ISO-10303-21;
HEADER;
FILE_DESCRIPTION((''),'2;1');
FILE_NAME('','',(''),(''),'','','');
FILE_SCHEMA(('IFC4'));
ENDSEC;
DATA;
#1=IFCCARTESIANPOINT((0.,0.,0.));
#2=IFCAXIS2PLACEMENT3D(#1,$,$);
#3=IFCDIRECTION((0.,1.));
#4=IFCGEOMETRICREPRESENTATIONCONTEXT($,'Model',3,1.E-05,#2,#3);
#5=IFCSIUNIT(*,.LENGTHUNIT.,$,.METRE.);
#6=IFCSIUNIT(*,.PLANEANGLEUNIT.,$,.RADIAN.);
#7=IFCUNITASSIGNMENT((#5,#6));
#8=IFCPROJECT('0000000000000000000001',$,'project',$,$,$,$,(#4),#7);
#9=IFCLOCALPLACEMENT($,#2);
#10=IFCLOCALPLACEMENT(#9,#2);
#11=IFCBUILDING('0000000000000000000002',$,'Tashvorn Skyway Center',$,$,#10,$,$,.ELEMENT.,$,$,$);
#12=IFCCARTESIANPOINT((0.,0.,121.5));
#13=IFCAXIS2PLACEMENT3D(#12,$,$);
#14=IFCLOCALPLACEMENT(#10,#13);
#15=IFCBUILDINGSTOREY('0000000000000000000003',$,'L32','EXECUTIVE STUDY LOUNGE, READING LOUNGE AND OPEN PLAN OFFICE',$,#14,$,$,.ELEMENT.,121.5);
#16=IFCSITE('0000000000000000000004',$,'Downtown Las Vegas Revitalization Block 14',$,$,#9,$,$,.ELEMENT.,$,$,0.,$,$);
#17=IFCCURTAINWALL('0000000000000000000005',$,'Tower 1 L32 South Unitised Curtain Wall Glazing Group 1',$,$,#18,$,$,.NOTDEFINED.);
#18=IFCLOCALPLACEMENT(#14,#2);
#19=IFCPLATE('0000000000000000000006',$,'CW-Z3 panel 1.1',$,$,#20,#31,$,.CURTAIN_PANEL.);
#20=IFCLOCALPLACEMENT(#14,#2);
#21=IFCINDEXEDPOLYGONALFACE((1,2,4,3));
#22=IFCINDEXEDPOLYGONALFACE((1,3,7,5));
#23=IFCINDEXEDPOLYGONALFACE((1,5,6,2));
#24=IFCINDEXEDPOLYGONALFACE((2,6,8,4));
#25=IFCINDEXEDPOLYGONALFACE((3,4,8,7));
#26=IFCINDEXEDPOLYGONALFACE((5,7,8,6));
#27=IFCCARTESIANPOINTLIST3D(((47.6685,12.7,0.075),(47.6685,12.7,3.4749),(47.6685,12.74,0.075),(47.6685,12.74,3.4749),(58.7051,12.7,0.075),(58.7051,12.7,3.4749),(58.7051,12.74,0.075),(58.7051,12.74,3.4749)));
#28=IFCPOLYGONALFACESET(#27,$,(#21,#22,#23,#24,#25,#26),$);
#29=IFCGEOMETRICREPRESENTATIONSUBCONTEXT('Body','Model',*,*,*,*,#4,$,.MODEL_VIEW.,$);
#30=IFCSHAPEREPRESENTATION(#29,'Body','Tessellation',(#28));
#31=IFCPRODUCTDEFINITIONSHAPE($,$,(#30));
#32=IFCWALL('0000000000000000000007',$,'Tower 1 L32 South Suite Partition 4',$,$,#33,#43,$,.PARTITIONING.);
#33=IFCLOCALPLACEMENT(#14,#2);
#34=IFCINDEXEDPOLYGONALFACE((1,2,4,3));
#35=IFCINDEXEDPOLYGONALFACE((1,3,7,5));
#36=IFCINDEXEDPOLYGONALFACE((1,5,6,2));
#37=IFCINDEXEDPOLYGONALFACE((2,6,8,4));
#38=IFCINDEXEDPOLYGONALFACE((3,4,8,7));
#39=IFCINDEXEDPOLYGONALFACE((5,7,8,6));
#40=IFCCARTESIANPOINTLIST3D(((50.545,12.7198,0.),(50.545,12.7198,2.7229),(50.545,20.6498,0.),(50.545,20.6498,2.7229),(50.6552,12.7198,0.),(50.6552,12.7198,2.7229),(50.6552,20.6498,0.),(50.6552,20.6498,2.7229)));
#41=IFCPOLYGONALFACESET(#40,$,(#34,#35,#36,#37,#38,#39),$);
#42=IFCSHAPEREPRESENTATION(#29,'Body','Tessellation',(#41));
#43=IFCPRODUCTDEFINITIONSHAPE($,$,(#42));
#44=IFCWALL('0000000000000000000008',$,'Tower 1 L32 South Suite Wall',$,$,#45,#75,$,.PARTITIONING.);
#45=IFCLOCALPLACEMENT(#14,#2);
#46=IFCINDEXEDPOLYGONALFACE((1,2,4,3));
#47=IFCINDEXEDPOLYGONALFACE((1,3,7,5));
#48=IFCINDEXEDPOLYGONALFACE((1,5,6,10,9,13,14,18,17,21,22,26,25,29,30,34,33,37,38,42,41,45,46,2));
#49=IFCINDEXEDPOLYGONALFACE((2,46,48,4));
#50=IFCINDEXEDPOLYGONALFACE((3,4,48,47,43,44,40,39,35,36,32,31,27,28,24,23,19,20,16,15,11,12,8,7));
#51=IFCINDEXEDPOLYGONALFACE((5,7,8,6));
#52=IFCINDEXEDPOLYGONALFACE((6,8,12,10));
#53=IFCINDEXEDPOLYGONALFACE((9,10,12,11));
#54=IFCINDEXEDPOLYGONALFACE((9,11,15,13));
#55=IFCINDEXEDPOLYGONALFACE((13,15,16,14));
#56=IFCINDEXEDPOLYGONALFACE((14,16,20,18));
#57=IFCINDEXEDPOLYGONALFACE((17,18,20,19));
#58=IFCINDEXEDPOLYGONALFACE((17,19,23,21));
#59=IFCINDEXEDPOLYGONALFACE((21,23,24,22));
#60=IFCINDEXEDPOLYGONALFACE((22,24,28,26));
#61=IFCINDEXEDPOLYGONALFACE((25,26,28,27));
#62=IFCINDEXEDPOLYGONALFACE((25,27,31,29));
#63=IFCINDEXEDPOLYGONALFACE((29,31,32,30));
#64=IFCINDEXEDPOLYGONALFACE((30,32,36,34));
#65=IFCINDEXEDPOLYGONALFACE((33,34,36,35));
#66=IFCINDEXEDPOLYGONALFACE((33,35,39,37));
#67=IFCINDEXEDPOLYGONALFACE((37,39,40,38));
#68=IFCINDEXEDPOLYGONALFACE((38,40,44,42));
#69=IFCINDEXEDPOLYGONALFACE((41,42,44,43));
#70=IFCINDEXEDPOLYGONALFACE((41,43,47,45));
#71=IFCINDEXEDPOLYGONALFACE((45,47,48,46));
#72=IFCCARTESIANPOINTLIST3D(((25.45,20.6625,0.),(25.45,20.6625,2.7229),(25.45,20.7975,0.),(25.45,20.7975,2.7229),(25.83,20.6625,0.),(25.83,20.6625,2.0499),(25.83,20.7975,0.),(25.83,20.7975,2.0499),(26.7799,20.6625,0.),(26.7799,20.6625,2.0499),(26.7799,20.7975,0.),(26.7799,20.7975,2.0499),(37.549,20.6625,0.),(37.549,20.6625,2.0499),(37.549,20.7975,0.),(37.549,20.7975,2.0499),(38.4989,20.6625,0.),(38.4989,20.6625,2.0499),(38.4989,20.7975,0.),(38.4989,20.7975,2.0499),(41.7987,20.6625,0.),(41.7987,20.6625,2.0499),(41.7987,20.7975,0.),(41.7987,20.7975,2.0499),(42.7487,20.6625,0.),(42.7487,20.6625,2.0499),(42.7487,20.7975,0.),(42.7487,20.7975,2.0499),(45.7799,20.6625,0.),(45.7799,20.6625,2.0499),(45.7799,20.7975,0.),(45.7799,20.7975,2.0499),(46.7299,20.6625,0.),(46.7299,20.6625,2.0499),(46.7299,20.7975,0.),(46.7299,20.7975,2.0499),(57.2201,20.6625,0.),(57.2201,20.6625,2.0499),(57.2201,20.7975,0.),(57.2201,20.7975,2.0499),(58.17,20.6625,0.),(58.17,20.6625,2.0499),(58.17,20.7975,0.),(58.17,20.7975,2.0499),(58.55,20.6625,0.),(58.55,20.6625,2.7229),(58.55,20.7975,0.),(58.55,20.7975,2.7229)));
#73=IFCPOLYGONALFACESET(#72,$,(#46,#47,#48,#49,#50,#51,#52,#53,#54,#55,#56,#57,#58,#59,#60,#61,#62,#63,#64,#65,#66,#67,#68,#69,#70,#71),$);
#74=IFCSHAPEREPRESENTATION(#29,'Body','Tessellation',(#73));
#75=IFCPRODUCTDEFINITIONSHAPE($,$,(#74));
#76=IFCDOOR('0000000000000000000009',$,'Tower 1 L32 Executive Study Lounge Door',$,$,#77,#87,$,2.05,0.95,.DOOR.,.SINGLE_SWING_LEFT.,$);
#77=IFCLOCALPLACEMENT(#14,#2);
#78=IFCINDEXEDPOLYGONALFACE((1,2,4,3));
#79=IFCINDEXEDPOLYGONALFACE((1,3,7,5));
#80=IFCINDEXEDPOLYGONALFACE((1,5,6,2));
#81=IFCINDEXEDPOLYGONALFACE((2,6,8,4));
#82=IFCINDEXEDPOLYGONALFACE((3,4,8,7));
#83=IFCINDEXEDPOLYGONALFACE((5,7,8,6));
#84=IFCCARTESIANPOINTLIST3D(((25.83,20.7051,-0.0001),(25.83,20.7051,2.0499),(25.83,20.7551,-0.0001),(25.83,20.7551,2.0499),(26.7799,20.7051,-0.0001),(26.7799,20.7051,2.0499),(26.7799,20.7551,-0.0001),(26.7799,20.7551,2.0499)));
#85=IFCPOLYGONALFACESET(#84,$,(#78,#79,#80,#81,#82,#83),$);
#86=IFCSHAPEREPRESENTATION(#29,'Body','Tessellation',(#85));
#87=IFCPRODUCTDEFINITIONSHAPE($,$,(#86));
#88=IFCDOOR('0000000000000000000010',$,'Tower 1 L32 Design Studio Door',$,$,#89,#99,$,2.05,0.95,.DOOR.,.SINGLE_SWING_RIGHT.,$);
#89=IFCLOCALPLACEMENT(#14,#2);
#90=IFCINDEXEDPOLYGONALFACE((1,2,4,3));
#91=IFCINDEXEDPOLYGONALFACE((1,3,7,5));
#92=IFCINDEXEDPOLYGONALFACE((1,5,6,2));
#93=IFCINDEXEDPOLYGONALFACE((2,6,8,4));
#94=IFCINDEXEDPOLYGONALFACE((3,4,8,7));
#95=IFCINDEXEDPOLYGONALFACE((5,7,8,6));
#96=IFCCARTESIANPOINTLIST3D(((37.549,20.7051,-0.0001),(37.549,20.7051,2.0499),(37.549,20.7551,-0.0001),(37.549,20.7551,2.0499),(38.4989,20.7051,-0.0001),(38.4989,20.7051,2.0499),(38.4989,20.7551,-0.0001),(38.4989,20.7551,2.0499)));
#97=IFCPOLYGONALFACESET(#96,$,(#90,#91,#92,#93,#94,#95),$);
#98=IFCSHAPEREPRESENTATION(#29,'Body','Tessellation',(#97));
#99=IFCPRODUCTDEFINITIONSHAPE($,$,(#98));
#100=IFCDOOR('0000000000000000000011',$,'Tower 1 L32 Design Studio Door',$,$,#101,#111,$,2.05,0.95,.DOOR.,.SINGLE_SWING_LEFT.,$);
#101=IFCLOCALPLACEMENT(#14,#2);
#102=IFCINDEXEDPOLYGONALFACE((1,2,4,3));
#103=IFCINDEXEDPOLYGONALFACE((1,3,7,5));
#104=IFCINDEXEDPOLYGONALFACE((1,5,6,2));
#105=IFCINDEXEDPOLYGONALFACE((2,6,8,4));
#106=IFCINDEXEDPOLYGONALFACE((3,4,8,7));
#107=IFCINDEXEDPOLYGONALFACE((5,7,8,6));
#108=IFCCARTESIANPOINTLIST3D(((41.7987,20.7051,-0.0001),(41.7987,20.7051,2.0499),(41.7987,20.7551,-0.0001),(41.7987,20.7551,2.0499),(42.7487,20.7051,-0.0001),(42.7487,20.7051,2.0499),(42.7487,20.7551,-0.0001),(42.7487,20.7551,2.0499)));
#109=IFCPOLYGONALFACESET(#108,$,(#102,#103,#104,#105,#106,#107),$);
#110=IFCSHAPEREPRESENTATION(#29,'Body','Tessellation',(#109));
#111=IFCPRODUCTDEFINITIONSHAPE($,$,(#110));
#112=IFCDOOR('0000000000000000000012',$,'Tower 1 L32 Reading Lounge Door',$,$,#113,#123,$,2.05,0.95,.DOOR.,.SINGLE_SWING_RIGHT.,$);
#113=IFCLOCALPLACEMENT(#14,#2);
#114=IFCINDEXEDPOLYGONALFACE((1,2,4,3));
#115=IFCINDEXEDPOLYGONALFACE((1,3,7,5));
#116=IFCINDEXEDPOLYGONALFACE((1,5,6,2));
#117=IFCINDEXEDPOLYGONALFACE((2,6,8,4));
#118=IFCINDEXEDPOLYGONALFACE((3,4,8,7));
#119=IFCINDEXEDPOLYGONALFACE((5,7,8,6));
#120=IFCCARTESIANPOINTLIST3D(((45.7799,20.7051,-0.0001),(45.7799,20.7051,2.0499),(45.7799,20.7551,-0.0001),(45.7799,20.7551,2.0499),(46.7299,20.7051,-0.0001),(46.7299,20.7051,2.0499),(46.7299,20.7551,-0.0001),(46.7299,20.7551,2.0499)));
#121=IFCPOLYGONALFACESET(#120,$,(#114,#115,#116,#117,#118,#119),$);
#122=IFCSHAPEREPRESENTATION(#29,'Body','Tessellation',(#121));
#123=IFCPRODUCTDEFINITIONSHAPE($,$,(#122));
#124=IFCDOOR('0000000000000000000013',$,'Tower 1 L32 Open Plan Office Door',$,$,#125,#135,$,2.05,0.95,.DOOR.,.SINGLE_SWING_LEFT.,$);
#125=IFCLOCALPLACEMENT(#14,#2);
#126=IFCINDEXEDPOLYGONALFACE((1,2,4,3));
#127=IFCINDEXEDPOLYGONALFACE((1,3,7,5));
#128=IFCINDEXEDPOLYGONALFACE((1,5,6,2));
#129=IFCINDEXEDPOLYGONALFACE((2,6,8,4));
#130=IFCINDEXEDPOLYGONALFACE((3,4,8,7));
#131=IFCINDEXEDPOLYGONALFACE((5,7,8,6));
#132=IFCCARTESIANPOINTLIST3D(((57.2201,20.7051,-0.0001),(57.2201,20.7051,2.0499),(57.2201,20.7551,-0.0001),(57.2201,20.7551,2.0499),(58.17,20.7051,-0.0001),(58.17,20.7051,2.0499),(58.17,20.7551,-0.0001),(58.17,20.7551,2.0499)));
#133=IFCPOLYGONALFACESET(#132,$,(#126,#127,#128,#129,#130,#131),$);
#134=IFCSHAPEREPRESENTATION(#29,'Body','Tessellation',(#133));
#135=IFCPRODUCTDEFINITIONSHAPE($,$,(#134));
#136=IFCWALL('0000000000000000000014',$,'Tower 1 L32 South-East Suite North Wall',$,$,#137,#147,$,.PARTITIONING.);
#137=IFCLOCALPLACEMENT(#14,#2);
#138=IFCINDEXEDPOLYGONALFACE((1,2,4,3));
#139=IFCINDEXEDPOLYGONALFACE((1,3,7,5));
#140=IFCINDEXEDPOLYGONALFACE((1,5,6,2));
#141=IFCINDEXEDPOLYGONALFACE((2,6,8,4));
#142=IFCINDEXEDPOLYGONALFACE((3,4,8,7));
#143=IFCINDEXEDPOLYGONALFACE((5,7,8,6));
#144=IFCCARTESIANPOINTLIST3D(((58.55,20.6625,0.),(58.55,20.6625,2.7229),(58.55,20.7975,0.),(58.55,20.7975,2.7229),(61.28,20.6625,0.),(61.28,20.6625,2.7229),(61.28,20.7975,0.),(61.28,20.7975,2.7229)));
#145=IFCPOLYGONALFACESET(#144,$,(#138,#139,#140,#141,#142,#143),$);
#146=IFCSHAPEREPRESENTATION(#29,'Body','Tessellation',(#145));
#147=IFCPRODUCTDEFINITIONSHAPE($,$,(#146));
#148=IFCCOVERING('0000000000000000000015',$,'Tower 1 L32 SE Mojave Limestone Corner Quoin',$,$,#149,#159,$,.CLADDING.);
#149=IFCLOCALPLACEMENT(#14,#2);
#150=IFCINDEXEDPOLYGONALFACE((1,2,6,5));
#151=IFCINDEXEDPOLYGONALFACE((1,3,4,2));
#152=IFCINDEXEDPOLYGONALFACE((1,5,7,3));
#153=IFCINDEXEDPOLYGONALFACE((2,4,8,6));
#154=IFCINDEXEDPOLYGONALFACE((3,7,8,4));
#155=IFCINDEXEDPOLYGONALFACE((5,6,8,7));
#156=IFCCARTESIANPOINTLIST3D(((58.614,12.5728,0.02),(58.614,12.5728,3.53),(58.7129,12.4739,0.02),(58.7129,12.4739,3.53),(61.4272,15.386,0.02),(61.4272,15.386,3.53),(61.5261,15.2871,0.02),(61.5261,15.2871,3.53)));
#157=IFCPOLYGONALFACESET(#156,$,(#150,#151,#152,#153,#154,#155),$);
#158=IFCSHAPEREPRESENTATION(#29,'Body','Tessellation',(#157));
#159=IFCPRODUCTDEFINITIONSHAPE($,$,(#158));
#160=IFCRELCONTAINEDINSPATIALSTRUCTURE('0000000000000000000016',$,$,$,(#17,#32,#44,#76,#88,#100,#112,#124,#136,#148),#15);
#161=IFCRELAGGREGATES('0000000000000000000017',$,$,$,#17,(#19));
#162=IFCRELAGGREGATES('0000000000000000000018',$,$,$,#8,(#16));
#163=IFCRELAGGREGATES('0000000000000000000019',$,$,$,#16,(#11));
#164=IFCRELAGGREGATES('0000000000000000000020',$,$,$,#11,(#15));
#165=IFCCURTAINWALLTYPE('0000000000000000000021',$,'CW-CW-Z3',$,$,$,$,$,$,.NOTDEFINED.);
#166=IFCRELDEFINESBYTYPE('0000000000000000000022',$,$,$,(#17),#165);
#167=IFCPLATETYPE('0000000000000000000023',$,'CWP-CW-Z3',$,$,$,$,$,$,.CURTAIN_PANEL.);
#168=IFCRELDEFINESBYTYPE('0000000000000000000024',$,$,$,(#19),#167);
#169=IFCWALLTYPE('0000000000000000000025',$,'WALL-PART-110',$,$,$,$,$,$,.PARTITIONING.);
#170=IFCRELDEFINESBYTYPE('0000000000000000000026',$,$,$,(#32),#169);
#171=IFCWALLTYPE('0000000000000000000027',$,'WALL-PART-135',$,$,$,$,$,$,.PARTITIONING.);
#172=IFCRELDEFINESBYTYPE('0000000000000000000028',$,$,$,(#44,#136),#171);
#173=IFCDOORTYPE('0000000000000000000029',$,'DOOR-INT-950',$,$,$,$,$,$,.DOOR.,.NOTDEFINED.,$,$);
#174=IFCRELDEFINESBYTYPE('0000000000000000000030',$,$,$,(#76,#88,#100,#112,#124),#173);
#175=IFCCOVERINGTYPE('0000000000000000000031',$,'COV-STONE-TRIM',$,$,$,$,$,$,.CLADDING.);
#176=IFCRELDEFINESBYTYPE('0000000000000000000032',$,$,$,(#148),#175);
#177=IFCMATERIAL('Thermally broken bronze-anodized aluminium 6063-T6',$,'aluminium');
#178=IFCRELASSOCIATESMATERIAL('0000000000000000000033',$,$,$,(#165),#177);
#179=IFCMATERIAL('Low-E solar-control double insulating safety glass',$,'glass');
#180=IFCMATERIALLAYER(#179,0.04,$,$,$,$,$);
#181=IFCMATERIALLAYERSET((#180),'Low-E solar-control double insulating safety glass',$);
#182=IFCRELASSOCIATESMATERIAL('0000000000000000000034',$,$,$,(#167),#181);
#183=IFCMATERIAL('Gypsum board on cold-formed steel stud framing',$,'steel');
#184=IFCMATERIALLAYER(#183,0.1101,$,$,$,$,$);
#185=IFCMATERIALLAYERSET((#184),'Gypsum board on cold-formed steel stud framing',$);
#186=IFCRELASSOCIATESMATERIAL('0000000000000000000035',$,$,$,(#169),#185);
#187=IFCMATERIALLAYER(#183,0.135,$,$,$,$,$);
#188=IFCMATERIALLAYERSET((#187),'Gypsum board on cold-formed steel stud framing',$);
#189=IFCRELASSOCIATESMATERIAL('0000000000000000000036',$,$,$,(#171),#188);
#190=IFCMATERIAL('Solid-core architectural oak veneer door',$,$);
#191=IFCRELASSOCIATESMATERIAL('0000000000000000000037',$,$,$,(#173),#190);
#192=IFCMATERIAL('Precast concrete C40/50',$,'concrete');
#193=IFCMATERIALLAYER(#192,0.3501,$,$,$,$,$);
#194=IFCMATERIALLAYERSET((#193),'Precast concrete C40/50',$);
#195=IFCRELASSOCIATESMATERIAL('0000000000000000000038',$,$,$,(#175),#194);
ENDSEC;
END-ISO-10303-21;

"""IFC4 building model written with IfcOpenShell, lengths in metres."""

from ifc_helpers import new_model, si_unit, direction, frame, frame_2d, origin, origin_2d, place, context, subcontext, project, spatial, rectangle, extrude, material, layer, layer_set, type_object, element, fill, aggregate, save


model = new_model("IFC4")

# Units and contexts
model_context = context("Model", 3, precision=1e-05, world=origin(), true_north=direction((0.0, 1.0)))
body_context = subcontext(model_context, "Body", "Model", "MODEL_VIEW")
ifc_project = project(units=[si_unit("LENGTHUNIT", "METRE"), si_unit("PLANEANGLEUNIT", "RADIAN")], contexts=[model_context])

# Site, building, storey
site_placement = place(None, origin())
site = spatial("IfcSite", under=ifc_project, at=site_placement, Name="Downtown Las Vegas Revitalization Block 14", CompositionType="ELEMENT", RefElevation=0.0)
building_placement = place(site_placement, origin())
building = spatial("IfcBuilding", under=site, at=building_placement, Name="Tashvorn Skyway Center", CompositionType="ELEMENT")
storey_placement = place(building_placement, frame((0.0, 0.0, 121.5)))
storey = spatial("IfcBuildingStorey", under=building, at=storey_placement, Name="L32", Description="EXECUTIVE STUDY LOUNGE, READING LOUNGE AND OPEN PLAN OFFICE", CompositionType="ELEMENT", Elevation=121.5)

# Curtain wall, plate
ifc_material_1 = material(Name="Thermally broken bronze-anodized aluminium 6063-T6", Category="aluminium")
curtain_wall_type = type_object("IfcCurtainWallType", Name="CW-CW-Z3", PredefinedType="NOTDEFINED", material=ifc_material_1)
curtain_wall_placement = place(storey_placement, origin())
curtain_wall = element("IfcCurtainWall", 1, at=curtain_wall_placement, inside=storey, type_object=curtain_wall_type, Name="Tower 1 L32 South Unitised Curtain Wall Glazing Group 1", PredefinedType="NOTDEFINED")
ifc_material_2 = material(Name="Low-E solar-control double insulating safety glass", Category="glass")
ifc_layer_1 = layer(ifc_material_2, 0.04)
ifc_layer_set_1 = layer_set([ifc_layer_1], Name="Low-E solar-control double insulating safety glass")
plate_type = type_object("IfcPlateType", Name="CWP-CW-Z3", PredefinedType="CURTAIN_PANEL", material=ifc_layer_set_1)
plate_placement = place(storey_placement, frame((53.1868, 12.72, 0.075), z_axis=(0.0, 0.0, 1.0), x_axis=(-1.0, 0.0, 0.0)))
plate = element("IfcPlate", 2, at=plate_placement, type_object=plate_type, Name="CW-Z3 panel 1.1", PredefinedType="CURTAIN_PANEL", context=body_context, shape_type="SweptSolid", body=[
    extrude(rectangle(XDim=11.0366, YDim=0.04, at=origin_2d()), origin(), (0.0, 0.0, 1.0), 3.3999),
])
aggregate(curtain_wall, [plate])

# Wall
ifc_material_3 = material(Name="Gypsum board on cold-formed steel stud framing", Category="steel")
ifc_layer_2 = layer(ifc_material_3, 0.1101)
ifc_layer_set_2 = layer_set([ifc_layer_2], Name="Gypsum board on cold-formed steel stud framing")
wall_type_1 = type_object("IfcWallType", Name="WALL-PART-110", PredefinedType="PARTITIONING", material=ifc_layer_set_2)
wall_1_placement = place(storey_placement, frame((50.6001, 12.72, 0.0), z_axis=(0.0, 0.0, 1.0), x_axis=(0.0, 1.0, 0.0)))
element("IfcWall", 3, at=wall_1_placement, inside=storey, type_object=wall_type_1, Name="Tower 1 L32 South Suite Partition 4", PredefinedType="PARTITIONING", context=body_context, shape_type="SweptSolid", body=[
    extrude(rectangle(XDim=7.9299, YDim=0.1101, at=frame_2d((3.9648, 0.0))), origin(), (0.0, 0.0, 1.0), 2.7229),
])

# Wall, openings, doors
ifc_layer_3 = layer(ifc_material_3, 0.135)
ifc_layer_set_3 = layer_set([ifc_layer_3], Name="Gypsum board on cold-formed steel stud framing")
wall_type_2 = type_object("IfcWallType", Name="WALL-PART-135", PredefinedType="PARTITIONING", material=ifc_layer_set_3)
wall_2_placement = place(storey_placement, frame((58.55, 20.73, 0.0), z_axis=(0.0, 0.0, 1.0), x_axis=(-1.0, 0.0, 0.0)))
wall_2 = element("IfcWall", 4, at=wall_2_placement, inside=storey, type_object=wall_type_2, Name="Tower 1 L32 South Suite Wall", PredefinedType="PARTITIONING", context=body_context, shape_type="SweptSolid", body=[
    extrude(rectangle(XDim=33.1001, YDim=0.135, at=frame_2d((16.55, 0.0))), origin(), (0.0, 0.0, 1.0), 2.7229),
])
opening_1_placement = place(wall_2_placement, frame((31.77, 0.0, 0.0)))
opening_1 = element("IfcOpeningElement", 5, at=opening_1_placement, cuts=wall_2, PredefinedType="OPENING", context=body_context, shape_type="SweptSolid", body=[
    extrude(rectangle(XDim=0.95, YDim=2.05, at=frame_2d((0.4751, 1.0249))), frame((0.0, 0.0774, 0.0), z_axis=(0.0, -1.0, 0.0), x_axis=(1.0, 0.0, 0.0)), (0.0, 0.0, 1.0), 0.155),
])
opening_2_placement = place(wall_2_placement, frame((20.051, 0.0, 0.0)))
opening_2 = element("IfcOpeningElement", 6, at=opening_2_placement, cuts=wall_2, PredefinedType="OPENING", context=body_context, shape_type="SweptSolid", body=[
    extrude(rectangle(XDim=0.95, YDim=2.05, at=frame_2d((0.4751, 1.0249))), frame((0.0, 0.0774, 0.0), z_axis=(0.0, -1.0, 0.0), x_axis=(1.0, 0.0, 0.0)), (0.0, 0.0, 1.0), 0.155),
])
opening_3_placement = place(wall_2_placement, frame((15.8013, 0.0, 0.0)))
opening_3 = element("IfcOpeningElement", 7, at=opening_3_placement, cuts=wall_2, PredefinedType="OPENING", context=body_context, shape_type="SweptSolid", body=[
    extrude(rectangle(XDim=0.95, YDim=2.05, at=frame_2d((0.4751, 1.0249))), frame((0.0, 0.0774, 0.0), z_axis=(0.0, -1.0, 0.0), x_axis=(1.0, 0.0, 0.0)), (0.0, 0.0, 1.0), 0.155),
])
opening_4_placement = place(wall_2_placement, frame((11.8201, 0.0, 0.0)))
opening_4 = element("IfcOpeningElement", 8, at=opening_4_placement, cuts=wall_2, PredefinedType="OPENING", context=body_context, shape_type="SweptSolid", body=[
    extrude(rectangle(XDim=0.95, YDim=2.05, at=frame_2d((0.4751, 1.0249))), frame((0.0, 0.0774, 0.0), z_axis=(0.0, -1.0, 0.0), x_axis=(1.0, 0.0, 0.0)), (0.0, 0.0, 1.0), 0.155),
])
opening_5_placement = place(wall_2_placement, frame((0.3799, 0.0, 0.0)))
opening_5 = element("IfcOpeningElement", 9, at=opening_5_placement, cuts=wall_2, PredefinedType="OPENING", context=body_context, shape_type="SweptSolid", body=[
    extrude(rectangle(XDim=0.95, YDim=2.05, at=frame_2d((0.4751, 1.0249))), frame((0.0, 0.0774, 0.0), z_axis=(0.0, -1.0, 0.0), x_axis=(1.0, 0.0, 0.0)), (0.0, 0.0, 1.0), 0.155),
])
ifc_material_4 = material(Name="Solid-core architectural oak veneer door")
door_type = type_object("IfcDoorType", Name="DOOR-INT-950", OperationType="NOTDEFINED", PredefinedType="DOOR", material=ifc_material_4)
door_1_placement = place(opening_1_placement, origin())
door_1 = element("IfcDoor", 10, at=door_1_placement, inside=storey, type_object=door_type, Name="Tower 1 L32 Executive Study Lounge Door", OperationType="SINGLE_SWING_LEFT", OverallHeight=2.05, OverallWidth=0.95, PredefinedType="DOOR", context=body_context, shape_type="SweptSolid", body=[
    extrude(rectangle(XDim=0.95, YDim=2.05, at=frame_2d((0.4751, 1.0249))), frame((0.0, 0.0249, 0.0), z_axis=(0.0, -1.0, 0.0), x_axis=(1.0, 0.0, 0.0)), (0.0, 0.0, 1.0), 0.05),
])
fill(opening_1, door_1)
door_2_placement = place(opening_2_placement, origin())
door_2 = element("IfcDoor", 11, at=door_2_placement, inside=storey, type_object=door_type, Name="Tower 1 L32 Design Studio Door", OperationType="SINGLE_SWING_RIGHT", OverallHeight=2.05, OverallWidth=0.95, PredefinedType="DOOR", context=body_context, shape_type="SweptSolid", body=[
    extrude(rectangle(XDim=0.95, YDim=2.05, at=frame_2d((0.4751, 1.0249))), frame((0.0, 0.0249, 0.0), z_axis=(0.0, -1.0, 0.0), x_axis=(1.0, 0.0, 0.0)), (0.0, 0.0, 1.0), 0.05),
])
fill(opening_2, door_2)
door_3_placement = place(opening_3_placement, origin())
door_3 = element("IfcDoor", 12, at=door_3_placement, inside=storey, type_object=door_type, Name="Tower 1 L32 Design Studio Door", OperationType="SINGLE_SWING_LEFT", OverallHeight=2.05, OverallWidth=0.95, PredefinedType="DOOR", context=body_context, shape_type="SweptSolid", body=[
    extrude(rectangle(XDim=0.95, YDim=2.05, at=frame_2d((0.4751, 1.0249))), frame((0.0, 0.0249, 0.0), z_axis=(0.0, -1.0, 0.0), x_axis=(1.0, 0.0, 0.0)), (0.0, 0.0, 1.0), 0.05),
])
fill(opening_3, door_3)
door_4_placement = place(opening_4_placement, origin())
door_4 = element("IfcDoor", 13, at=door_4_placement, inside=storey, type_object=door_type, Name="Tower 1 L32 Reading Lounge Door", OperationType="SINGLE_SWING_RIGHT", OverallHeight=2.05, OverallWidth=0.95, PredefinedType="DOOR", context=body_context, shape_type="SweptSolid", body=[
    extrude(rectangle(XDim=0.95, YDim=2.05, at=frame_2d((0.4751, 1.0249))), frame((0.0, 0.0249, 0.0), z_axis=(0.0, -1.0, 0.0), x_axis=(1.0, 0.0, 0.0)), (0.0, 0.0, 1.0), 0.05),
])
fill(opening_4, door_4)
door_5_placement = place(opening_5_placement, origin())
door_5 = element("IfcDoor", 14, at=door_5_placement, inside=storey, type_object=door_type, Name="Tower 1 L32 Open Plan Office Door", OperationType="SINGLE_SWING_LEFT", OverallHeight=2.05, OverallWidth=0.95, PredefinedType="DOOR", context=body_context, shape_type="SweptSolid", body=[
    extrude(rectangle(XDim=0.95, YDim=2.05, at=frame_2d((0.4751, 1.0249))), frame((0.0, 0.0249, 0.0), z_axis=(0.0, -1.0, 0.0), x_axis=(1.0, 0.0, 0.0)), (0.0, 0.0, 1.0), 0.05),
])
fill(opening_5, door_5)

# Wall
wall_3_placement = place(storey_placement, frame((58.55, 20.73, 0.0), z_axis=(0.0, 0.0, 1.0), x_axis=(1.0, 0.0, 0.0)))
element("IfcWall", 15, at=wall_3_placement, inside=storey, type_object=wall_type_2, Name="Tower 1 L32 South-East Suite North Wall", PredefinedType="PARTITIONING", context=body_context, shape_type="SweptSolid", body=[
    extrude(rectangle(XDim=2.73, YDim=0.135, at=frame_2d((1.365, 0.0))), origin(), (0.0, 0.0, 1.0), 2.7229),
])

# Covering
ifc_material_5 = material(Name="Precast concrete C40/50", Category="concrete")
ifc_layer_4 = layer(ifc_material_5, 0.3501)
ifc_layer_set_4 = layer_set([ifc_layer_4], Name="Precast concrete C40/50")
covering_type = type_object("IfcCoveringType", Name="COV-STONE-TRIM", PredefinedType="CLADDING", material=ifc_layer_set_4)
covering_placement = place(storey_placement, frame((60.0701, 13.9299, 0.02), z_axis=(0.0, 0.0, 1.0), x_axis=(0.707107, 0.707107, 0.0)))
element("IfcCovering", 16, at=covering_placement, inside=storey, type_object=covering_type, Name="Tower 1 L32 SE Mojave Limestone Corner Quoin", PredefinedType="CLADDING", context=body_context, shape_type="SweptSolid", body=[
    extrude(rectangle(XDim=3.9785, YDim=0.1399, at=origin_2d()), origin(), (0.0, 0.0, 1.0), 3.51),
])

save(model, "model.ifc")
